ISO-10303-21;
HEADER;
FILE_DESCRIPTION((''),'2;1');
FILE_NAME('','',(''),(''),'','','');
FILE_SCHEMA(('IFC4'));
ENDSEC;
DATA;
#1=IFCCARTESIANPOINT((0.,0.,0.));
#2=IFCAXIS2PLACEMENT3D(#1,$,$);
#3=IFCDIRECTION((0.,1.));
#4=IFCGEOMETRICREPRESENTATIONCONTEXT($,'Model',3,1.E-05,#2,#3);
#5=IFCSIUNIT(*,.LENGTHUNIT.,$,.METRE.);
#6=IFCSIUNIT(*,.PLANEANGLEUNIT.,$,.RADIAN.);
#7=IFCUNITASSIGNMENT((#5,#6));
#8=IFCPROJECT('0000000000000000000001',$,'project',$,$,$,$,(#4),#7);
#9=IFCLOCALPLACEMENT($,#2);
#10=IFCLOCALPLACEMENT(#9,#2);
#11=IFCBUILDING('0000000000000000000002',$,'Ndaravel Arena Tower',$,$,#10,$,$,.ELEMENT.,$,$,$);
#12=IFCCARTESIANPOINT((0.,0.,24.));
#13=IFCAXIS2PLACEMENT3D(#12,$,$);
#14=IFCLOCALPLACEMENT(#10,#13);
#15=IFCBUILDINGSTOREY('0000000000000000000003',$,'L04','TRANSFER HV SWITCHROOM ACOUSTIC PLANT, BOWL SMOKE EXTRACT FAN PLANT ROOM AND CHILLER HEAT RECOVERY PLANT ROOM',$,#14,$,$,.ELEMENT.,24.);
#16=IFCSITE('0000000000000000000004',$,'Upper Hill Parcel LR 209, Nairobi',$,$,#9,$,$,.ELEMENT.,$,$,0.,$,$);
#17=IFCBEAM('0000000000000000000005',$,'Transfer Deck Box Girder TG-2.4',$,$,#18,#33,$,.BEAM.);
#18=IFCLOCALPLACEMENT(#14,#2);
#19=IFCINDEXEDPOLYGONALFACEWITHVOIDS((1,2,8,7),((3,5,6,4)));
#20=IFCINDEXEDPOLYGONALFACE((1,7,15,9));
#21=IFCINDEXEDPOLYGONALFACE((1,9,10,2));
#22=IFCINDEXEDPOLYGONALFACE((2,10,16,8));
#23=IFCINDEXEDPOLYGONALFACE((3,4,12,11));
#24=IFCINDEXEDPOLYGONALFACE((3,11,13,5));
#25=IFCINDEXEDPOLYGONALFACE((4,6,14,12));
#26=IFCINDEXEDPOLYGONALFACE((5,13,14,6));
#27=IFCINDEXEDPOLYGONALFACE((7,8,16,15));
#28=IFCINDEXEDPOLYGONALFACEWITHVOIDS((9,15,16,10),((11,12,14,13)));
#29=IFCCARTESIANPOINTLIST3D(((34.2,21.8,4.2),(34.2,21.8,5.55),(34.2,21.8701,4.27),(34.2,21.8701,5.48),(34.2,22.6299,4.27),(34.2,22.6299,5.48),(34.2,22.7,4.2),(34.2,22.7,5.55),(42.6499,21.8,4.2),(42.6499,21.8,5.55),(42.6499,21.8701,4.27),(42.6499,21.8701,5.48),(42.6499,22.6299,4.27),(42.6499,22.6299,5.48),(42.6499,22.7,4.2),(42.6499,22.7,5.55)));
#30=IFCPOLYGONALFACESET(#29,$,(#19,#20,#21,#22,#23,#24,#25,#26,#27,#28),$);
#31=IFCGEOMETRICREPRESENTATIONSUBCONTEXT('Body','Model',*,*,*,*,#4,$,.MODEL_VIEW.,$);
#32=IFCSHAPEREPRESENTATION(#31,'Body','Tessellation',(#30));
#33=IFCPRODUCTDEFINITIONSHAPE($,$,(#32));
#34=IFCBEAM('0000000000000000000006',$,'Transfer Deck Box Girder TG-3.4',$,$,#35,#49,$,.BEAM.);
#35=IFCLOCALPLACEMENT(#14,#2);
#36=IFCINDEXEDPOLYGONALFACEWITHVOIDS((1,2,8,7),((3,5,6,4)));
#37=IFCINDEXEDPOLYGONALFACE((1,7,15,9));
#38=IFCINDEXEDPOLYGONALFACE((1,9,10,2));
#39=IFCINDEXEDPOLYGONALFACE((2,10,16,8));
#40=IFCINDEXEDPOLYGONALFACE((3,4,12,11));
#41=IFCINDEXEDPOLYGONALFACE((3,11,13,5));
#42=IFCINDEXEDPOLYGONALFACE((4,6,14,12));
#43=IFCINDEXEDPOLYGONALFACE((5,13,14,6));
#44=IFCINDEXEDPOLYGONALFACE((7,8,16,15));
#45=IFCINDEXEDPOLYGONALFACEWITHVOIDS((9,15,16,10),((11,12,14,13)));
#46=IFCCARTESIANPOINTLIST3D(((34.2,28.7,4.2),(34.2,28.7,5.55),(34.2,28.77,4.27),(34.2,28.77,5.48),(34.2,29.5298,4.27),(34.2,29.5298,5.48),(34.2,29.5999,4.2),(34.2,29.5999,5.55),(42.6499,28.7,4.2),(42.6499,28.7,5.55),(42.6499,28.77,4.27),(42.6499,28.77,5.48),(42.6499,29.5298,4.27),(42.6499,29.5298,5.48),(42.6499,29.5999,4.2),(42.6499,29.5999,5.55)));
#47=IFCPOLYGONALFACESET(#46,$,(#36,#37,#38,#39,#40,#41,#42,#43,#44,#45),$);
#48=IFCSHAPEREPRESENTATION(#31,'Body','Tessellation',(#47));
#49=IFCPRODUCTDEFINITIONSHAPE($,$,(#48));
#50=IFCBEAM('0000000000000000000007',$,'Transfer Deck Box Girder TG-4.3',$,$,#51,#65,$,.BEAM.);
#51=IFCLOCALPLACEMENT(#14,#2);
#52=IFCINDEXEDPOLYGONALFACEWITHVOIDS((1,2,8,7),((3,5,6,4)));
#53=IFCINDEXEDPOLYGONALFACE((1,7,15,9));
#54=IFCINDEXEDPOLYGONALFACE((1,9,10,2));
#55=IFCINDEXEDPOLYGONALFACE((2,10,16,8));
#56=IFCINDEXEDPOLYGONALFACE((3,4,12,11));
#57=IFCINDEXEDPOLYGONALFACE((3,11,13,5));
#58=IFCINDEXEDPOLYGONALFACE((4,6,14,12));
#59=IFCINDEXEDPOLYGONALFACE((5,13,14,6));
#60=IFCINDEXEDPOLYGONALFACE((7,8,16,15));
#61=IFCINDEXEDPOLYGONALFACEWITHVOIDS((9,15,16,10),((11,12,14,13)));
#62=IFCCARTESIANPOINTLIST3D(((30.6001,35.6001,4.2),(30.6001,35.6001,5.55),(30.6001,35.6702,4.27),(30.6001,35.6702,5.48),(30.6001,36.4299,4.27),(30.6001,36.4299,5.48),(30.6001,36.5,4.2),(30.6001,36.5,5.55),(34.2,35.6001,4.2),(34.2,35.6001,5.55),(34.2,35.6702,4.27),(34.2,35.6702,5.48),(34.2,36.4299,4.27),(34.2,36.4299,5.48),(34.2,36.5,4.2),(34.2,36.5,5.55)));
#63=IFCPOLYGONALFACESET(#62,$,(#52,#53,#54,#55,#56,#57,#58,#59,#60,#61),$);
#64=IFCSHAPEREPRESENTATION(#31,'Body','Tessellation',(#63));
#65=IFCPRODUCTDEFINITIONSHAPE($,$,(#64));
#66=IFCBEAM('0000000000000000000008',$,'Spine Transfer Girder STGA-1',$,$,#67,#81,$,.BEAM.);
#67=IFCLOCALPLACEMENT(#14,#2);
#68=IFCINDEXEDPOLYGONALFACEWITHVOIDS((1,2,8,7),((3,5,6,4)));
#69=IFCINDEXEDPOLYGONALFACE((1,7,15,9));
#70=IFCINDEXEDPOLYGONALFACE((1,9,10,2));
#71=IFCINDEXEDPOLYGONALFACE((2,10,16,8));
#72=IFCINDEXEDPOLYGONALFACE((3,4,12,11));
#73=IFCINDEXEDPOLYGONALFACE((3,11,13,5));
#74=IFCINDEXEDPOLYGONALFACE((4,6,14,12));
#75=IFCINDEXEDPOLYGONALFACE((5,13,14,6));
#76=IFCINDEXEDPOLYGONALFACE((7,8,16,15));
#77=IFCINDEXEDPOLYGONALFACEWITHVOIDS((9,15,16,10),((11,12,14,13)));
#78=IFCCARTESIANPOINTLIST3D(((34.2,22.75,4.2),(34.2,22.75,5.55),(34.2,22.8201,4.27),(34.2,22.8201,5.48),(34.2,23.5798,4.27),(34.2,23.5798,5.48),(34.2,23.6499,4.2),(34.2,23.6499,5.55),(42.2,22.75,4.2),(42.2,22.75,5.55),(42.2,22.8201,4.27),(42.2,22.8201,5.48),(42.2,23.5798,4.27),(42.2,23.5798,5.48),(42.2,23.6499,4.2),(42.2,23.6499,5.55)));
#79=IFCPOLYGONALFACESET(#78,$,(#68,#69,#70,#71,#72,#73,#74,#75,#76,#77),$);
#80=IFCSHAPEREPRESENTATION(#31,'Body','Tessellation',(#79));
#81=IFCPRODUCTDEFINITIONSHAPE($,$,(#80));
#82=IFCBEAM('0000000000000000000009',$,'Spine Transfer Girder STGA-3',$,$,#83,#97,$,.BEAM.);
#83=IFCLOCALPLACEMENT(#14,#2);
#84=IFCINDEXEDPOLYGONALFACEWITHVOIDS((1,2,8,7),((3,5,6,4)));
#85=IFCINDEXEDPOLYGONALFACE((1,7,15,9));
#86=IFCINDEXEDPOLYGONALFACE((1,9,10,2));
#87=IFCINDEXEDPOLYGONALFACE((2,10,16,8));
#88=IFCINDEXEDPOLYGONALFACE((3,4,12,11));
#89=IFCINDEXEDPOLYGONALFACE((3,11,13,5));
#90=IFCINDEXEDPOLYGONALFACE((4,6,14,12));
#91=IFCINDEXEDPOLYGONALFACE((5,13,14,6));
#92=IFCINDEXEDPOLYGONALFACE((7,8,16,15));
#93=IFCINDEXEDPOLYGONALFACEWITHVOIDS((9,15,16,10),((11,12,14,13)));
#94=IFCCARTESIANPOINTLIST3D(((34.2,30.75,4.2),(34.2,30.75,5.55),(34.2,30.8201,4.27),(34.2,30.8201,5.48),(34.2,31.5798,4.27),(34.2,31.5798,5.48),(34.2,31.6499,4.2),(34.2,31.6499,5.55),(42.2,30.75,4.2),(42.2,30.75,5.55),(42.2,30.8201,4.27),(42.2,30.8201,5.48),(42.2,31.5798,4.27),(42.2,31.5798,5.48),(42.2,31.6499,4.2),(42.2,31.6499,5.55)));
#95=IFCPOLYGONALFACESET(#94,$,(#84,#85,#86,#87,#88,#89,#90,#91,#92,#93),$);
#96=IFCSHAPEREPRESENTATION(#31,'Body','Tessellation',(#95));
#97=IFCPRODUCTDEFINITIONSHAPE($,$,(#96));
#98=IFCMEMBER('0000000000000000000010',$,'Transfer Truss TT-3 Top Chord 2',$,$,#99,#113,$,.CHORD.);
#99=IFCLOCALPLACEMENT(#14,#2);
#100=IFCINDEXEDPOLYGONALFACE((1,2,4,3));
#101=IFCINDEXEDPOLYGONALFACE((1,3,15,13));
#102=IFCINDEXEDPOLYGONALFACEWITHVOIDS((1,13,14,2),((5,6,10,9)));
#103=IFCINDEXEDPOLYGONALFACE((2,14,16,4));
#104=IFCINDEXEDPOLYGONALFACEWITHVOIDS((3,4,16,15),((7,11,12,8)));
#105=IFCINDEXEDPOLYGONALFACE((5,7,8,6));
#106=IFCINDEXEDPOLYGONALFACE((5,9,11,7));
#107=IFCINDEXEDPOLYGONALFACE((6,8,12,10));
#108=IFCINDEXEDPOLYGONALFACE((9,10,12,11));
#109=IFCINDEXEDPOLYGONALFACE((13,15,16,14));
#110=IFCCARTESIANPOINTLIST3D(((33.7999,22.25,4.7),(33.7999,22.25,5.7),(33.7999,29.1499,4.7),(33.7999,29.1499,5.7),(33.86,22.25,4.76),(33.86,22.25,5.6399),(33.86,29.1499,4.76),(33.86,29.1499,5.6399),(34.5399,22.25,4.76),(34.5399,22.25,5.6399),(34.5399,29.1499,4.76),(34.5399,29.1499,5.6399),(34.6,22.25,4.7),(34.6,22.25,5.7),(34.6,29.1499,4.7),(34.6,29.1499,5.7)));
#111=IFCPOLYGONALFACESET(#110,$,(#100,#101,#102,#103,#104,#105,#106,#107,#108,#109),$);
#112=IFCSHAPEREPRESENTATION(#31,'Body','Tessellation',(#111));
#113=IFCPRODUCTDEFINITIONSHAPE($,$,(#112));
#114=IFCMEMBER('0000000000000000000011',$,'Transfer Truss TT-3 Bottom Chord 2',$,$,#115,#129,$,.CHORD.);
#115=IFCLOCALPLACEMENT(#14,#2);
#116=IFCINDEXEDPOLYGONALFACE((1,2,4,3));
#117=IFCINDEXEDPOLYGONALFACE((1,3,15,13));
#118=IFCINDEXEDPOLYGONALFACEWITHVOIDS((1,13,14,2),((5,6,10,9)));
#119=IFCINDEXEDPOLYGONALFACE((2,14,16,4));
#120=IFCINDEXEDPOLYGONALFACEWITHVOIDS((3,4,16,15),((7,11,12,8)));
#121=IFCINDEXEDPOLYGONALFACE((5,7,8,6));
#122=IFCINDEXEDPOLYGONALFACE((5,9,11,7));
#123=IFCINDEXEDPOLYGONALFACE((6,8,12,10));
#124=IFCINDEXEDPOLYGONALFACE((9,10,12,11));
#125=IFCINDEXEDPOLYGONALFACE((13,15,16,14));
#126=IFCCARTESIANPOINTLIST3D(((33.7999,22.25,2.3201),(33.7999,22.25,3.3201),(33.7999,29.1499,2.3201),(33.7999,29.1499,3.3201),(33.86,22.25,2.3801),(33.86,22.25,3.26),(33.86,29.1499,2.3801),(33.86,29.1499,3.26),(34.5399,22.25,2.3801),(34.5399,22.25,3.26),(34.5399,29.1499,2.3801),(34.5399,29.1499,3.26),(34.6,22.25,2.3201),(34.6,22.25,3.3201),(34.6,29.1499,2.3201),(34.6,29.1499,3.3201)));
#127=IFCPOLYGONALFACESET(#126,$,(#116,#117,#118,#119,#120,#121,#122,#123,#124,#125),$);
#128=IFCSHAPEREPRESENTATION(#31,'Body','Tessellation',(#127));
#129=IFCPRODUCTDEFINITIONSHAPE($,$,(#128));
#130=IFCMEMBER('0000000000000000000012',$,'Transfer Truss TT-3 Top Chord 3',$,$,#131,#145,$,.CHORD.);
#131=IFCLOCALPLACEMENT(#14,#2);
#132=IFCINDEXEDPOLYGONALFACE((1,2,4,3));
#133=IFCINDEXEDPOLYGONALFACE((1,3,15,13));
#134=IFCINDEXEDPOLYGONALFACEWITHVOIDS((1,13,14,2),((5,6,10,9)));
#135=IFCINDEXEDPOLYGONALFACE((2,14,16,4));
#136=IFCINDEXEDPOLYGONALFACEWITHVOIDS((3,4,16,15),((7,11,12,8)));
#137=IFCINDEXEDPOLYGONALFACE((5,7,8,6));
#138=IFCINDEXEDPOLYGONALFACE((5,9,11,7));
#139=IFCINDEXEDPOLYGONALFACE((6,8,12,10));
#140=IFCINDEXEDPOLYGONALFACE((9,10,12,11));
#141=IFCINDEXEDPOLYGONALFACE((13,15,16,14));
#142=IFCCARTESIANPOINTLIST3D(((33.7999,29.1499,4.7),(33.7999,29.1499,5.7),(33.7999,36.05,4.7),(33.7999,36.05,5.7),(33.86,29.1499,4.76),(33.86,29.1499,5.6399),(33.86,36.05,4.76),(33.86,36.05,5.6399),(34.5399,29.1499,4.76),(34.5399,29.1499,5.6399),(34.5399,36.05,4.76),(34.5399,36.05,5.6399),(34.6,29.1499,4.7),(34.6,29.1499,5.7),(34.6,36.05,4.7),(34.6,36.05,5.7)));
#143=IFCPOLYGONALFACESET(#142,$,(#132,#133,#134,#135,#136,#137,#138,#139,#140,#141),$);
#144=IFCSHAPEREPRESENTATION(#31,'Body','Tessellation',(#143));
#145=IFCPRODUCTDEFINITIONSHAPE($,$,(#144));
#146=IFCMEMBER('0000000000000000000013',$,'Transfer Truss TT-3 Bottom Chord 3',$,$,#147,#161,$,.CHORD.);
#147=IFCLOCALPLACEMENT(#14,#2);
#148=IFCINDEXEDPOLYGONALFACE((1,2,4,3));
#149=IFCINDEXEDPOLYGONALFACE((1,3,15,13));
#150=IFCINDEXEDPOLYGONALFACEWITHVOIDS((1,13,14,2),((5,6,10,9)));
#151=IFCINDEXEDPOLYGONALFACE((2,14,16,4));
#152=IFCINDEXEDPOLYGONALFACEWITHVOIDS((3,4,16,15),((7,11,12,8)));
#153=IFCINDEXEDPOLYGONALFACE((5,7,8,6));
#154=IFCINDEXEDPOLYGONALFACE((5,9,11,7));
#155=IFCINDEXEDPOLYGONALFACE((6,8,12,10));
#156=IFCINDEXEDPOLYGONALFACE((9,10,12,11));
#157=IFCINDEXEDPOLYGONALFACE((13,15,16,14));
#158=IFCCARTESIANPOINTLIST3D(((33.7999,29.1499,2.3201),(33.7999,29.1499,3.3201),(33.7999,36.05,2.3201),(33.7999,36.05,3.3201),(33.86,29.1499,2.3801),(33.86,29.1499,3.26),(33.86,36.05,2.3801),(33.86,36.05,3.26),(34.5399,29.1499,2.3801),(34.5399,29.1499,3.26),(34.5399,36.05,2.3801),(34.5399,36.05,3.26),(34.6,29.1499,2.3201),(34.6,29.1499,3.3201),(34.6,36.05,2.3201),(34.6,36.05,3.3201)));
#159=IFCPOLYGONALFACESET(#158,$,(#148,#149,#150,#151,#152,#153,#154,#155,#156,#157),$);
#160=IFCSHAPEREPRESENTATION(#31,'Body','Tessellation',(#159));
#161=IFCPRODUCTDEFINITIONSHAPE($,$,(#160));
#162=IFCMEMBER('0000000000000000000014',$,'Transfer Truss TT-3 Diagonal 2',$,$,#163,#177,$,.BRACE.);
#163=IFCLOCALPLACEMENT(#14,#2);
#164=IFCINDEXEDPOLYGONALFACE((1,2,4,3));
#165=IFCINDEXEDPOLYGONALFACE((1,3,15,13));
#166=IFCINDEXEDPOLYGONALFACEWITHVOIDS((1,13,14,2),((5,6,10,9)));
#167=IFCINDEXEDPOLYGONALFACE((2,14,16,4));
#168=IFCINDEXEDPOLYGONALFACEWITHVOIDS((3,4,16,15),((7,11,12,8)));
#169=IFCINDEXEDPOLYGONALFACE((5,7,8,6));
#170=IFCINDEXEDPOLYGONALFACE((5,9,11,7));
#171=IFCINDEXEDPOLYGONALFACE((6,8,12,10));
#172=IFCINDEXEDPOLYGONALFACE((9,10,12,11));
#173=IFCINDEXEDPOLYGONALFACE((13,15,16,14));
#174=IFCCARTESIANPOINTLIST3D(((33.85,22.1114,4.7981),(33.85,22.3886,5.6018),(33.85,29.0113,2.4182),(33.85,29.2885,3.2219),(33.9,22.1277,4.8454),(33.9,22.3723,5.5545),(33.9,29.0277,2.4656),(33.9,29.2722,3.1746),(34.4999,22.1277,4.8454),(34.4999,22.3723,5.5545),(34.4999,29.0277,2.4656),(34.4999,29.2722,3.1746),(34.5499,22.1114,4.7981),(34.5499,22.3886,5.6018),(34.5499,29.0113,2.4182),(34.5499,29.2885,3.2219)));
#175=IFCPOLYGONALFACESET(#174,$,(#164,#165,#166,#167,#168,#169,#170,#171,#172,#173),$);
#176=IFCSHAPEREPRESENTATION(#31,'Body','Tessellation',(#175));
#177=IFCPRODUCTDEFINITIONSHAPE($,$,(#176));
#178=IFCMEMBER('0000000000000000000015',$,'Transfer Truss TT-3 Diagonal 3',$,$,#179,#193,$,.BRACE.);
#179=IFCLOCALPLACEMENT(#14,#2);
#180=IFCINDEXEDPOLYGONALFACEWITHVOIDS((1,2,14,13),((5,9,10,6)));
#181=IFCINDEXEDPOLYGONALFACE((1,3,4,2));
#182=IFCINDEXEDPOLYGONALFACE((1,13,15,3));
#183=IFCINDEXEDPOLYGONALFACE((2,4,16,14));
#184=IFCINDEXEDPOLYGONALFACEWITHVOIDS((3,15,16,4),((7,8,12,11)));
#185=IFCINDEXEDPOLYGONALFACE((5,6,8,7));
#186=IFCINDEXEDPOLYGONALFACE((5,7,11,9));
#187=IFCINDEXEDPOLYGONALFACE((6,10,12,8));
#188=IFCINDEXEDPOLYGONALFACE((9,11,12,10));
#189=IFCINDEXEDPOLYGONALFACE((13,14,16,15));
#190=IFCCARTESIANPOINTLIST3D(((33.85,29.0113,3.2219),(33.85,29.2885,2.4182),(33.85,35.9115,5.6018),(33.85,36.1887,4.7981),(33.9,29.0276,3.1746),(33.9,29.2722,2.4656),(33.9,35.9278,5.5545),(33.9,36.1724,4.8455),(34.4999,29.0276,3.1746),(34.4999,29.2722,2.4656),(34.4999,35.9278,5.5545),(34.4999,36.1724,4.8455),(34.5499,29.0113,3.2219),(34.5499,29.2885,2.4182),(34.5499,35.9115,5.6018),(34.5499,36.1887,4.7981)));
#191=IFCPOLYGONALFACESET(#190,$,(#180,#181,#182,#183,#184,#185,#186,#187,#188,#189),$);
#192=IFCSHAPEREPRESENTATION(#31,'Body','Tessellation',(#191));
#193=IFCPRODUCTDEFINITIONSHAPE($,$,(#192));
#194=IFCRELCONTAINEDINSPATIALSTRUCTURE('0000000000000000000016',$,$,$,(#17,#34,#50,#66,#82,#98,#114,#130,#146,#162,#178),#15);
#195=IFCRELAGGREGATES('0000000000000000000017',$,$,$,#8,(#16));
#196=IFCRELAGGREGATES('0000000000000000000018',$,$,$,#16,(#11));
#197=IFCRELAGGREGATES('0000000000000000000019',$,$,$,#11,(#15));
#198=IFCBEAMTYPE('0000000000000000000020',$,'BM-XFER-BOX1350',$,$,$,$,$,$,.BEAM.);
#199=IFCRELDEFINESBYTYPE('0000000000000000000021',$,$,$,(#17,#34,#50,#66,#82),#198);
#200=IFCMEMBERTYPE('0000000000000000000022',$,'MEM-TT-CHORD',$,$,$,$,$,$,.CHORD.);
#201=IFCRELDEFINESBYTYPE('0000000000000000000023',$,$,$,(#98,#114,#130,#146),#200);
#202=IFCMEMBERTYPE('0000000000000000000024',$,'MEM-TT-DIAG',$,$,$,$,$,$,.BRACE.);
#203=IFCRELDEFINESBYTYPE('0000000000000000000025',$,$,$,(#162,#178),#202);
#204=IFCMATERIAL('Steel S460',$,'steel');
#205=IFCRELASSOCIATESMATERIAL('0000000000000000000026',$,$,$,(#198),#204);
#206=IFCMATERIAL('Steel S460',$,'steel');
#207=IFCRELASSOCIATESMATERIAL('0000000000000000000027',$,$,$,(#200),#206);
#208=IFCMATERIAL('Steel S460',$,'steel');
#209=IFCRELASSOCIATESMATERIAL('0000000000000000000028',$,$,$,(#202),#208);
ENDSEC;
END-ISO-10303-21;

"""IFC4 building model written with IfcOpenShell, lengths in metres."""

from ifc_helpers import new_model, si_unit, direction, frame, origin, origin_2d, place, context, subcontext, project, spatial, hollow_rectangle, extrude, material, material_profile, profile_set, type_object, element, save


model = new_model("IFC4")

# Units and contexts
model_context = context("Model", 3, precision=1e-05, world=origin(), true_north=direction((0.0, 1.0)))
body_context = subcontext(model_context, "Body", "Model", "MODEL_VIEW")
ifc_project = project(units=[si_unit("LENGTHUNIT", "METRE"), si_unit("PLANEANGLEUNIT", "RADIAN")], contexts=[model_context])

# Site, building, storey
site_placement = place(None, origin())
site = spatial("IfcSite", under=ifc_project, at=site_placement, Name="Upper Hill Parcel LR 209, Nairobi", CompositionType="ELEMENT", RefElevation=0.0)
building_placement = place(site_placement, origin())
building = spatial("IfcBuilding", under=site, at=building_placement, Name="Ndaravel Arena Tower", CompositionType="ELEMENT")
storey_placement = place(building_placement, frame((0.0, 0.0, 24.0)))
storey = spatial("IfcBuildingStorey", under=building, at=storey_placement, Name="L04", Description="TRANSFER HV SWITCHROOM ACOUSTIC PLANT, BOWL SMOKE EXTRACT FAN PLANT ROOM AND CHILLER HEAT RECOVERY PLANT ROOM", CompositionType="ELEMENT", Elevation=24.0)

# Beams
ifc_material_1 = material(Name="Steel S460", Category="steel")
ifc_material_profile_1 = material_profile(ifc_material_1, hollow_rectangle(XDim=0.8999, YDim=1.3501, WallThickness=0.0701, at=origin_2d()), Name="BOX 1350x900x70")
ifc_profile_set_1 = profile_set([ifc_material_profile_1], Name="Steel S460")
beam_type = type_object("IfcBeamType", Name="BM-XFER-BOX1350", PredefinedType="BEAM", material=ifc_profile_set_1)
for number, where, z_axis, x_axis, name in (
    (1, (34.2, 22.25, 4.875), (1.0, 0.0, 0.0), (0.0, 1.0, 0.0), "Transfer Deck Box Girder TG-2.4"),
    (2, (34.2, 29.1499, 4.875), (1.0, 0.0, 0.0), (0.0, 1.0, 0.0), "Transfer Deck Box Girder TG-3.4"),
):
    element("IfcBeam", number, at=place(storey_placement, frame(where, z_axis=z_axis, x_axis=x_axis)), inside=storey, type_object=beam_type, Name=name, PredefinedType="BEAM", context=body_context, shape_type="SweptSolid", body=[
        extrude(hollow_rectangle(XDim=0.8999, YDim=1.3501, WallThickness=0.0701, at=origin_2d()), origin(), (0.0, 0.0, 1.0), 8.45),
    ])
beam_placement = place(storey_placement, frame((30.6001, 36.05, 4.875), z_axis=(1.0, 0.0, 0.0), x_axis=(0.0, 1.0, 0.0)))
element("IfcBeam", 3, at=beam_placement, inside=storey, type_object=beam_type, Name="Transfer Deck Box Girder TG-4.3", PredefinedType="BEAM", context=body_context, shape_type="SweptSolid", body=[
    extrude(hollow_rectangle(XDim=0.8999, YDim=1.3501, WallThickness=0.0701, at=origin_2d()), origin(), (0.0, 0.0, 1.0), 3.5999),
])
for number, where, z_axis, x_axis, name in (
    (4, (34.2, 23.2, 4.875), (1.0, 0.0, 0.0), (0.0, 1.0, 0.0), "Spine Transfer Girder STGA-1"),
    (5, (34.2, 31.2, 4.875), (1.0, 0.0, 0.0), (0.0, 1.0, 0.0), "Spine Transfer Girder STGA-3"),
):
    element("IfcBeam", number, at=place(storey_placement, frame(where, z_axis=z_axis, x_axis=x_axis)), inside=storey, type_object=beam_type, Name=name, PredefinedType="BEAM", context=body_context, shape_type="SweptSolid", body=[
        extrude(hollow_rectangle(XDim=0.8999, YDim=1.3501, WallThickness=0.0701, at=origin_2d()), origin(), (0.0, 0.0, 1.0), 8.0),
    ])

# Members
ifc_material_2 = material(Name="Steel S460", Category="steel")
ifc_material_profile_2 = material_profile(ifc_material_2, hollow_rectangle(XDim=0.8, YDim=1.0, WallThickness=0.0601, at=origin_2d()), Name="BOX 1000x800x60")
ifc_profile_set_2 = profile_set([ifc_material_profile_2], Name="Steel S460")
member_type_1 = type_object("IfcMemberType", Name="MEM-TT-CHORD", PredefinedType="CHORD", material=ifc_profile_set_2)
for number, where, z_axis, x_axis, name in (
    (6, (34.2, 22.25, 5.2), (0.0, 1.0, 0.0), (-1.0, 0.0, 0.0), "Transfer Truss TT-3 Top Chord 2"),
    (7, (34.2, 22.25, 2.8201), (0.0, 1.0, 0.0), (-1.0, 0.0, 0.0), "Transfer Truss TT-3 Bottom Chord 2"),
):
    element("IfcMember", number, at=place(storey_placement, frame(where, z_axis=z_axis, x_axis=x_axis)), inside=storey, type_object=member_type_1, Name=name, PredefinedType="CHORD", context=body_context, shape_type="SweptSolid", body=[
        extrude(hollow_rectangle(XDim=0.8, YDim=1.0, WallThickness=0.0601, at=origin_2d()), origin(), (0.0, 0.0, 1.0), 6.8999),
    ])
for number, where, z_axis, x_axis, name in (
    (8, (34.2, 29.1499, 5.2), (0.0, 1.0, 0.0), (-1.0, 0.0, 0.0), "Transfer Truss TT-3 Top Chord 3"),
    (9, (34.2, 29.1499, 2.8201), (0.0, 1.0, 0.0), (-1.0, 0.0, 0.0), "Transfer Truss TT-3 Bottom Chord 3"),
):
    element("IfcMember", number, at=place(storey_placement, frame(where, z_axis=z_axis, x_axis=x_axis)), inside=storey, type_object=member_type_1, Name=name, PredefinedType="CHORD", context=body_context, shape_type="SweptSolid", body=[
        extrude(hollow_rectangle(XDim=0.8, YDim=1.0, WallThickness=0.0601, at=origin_2d()), origin(), (0.0, 0.0, 1.0), 6.9001),
    ])
ifc_material_3 = material(Name="Steel S460", Category="steel")
ifc_material_profile_3 = material_profile(ifc_material_3, hollow_rectangle(XDim=0.7, YDim=0.8501, WallThickness=0.05, at=origin_2d()), Name="BOX 850x700x50")
ifc_profile_set_3 = profile_set([ifc_material_profile_3], Name="Steel S460")
member_type_2 = type_object("IfcMemberType", Name="MEM-TT-DIAG", PredefinedType="BRACE", material=ifc_profile_set_3)
member_1_placement = place(storey_placement, frame((34.2, 22.25, 5.2), z_axis=(0.0, 0.945347, -0.326065), x_axis=(-1.0, 0.0, 0.0)))
element("IfcMember", 10, at=member_1_placement, inside=storey, type_object=member_type_2, Name="Transfer Truss TT-3 Diagonal 2", PredefinedType="BRACE", context=body_context, shape_type="SweptSolid", body=[
    extrude(hollow_rectangle(XDim=0.7, YDim=0.8501, WallThickness=0.05, at=origin_2d()), origin(), (0.0, 0.0, 1.0), 7.2988),
])
member_2_placement = place(storey_placement, frame((34.2, 29.1499, 2.8201), z_axis=(0.0, 0.945351, 0.326055), x_axis=(-1.0, 0.0, 0.0)))
element("IfcMember", 11, at=member_2_placement, inside=storey, type_object=member_type_2, Name="Transfer Truss TT-3 Diagonal 3", PredefinedType="BRACE", context=body_context, shape_type="SweptSolid", body=[
    extrude(hollow_rectangle(XDim=0.7, YDim=0.8501, WallThickness=0.05, at=origin_2d()), origin(), (0.0, 0.0, 1.0), 7.2991),
])

save(model, "model.ifc")
